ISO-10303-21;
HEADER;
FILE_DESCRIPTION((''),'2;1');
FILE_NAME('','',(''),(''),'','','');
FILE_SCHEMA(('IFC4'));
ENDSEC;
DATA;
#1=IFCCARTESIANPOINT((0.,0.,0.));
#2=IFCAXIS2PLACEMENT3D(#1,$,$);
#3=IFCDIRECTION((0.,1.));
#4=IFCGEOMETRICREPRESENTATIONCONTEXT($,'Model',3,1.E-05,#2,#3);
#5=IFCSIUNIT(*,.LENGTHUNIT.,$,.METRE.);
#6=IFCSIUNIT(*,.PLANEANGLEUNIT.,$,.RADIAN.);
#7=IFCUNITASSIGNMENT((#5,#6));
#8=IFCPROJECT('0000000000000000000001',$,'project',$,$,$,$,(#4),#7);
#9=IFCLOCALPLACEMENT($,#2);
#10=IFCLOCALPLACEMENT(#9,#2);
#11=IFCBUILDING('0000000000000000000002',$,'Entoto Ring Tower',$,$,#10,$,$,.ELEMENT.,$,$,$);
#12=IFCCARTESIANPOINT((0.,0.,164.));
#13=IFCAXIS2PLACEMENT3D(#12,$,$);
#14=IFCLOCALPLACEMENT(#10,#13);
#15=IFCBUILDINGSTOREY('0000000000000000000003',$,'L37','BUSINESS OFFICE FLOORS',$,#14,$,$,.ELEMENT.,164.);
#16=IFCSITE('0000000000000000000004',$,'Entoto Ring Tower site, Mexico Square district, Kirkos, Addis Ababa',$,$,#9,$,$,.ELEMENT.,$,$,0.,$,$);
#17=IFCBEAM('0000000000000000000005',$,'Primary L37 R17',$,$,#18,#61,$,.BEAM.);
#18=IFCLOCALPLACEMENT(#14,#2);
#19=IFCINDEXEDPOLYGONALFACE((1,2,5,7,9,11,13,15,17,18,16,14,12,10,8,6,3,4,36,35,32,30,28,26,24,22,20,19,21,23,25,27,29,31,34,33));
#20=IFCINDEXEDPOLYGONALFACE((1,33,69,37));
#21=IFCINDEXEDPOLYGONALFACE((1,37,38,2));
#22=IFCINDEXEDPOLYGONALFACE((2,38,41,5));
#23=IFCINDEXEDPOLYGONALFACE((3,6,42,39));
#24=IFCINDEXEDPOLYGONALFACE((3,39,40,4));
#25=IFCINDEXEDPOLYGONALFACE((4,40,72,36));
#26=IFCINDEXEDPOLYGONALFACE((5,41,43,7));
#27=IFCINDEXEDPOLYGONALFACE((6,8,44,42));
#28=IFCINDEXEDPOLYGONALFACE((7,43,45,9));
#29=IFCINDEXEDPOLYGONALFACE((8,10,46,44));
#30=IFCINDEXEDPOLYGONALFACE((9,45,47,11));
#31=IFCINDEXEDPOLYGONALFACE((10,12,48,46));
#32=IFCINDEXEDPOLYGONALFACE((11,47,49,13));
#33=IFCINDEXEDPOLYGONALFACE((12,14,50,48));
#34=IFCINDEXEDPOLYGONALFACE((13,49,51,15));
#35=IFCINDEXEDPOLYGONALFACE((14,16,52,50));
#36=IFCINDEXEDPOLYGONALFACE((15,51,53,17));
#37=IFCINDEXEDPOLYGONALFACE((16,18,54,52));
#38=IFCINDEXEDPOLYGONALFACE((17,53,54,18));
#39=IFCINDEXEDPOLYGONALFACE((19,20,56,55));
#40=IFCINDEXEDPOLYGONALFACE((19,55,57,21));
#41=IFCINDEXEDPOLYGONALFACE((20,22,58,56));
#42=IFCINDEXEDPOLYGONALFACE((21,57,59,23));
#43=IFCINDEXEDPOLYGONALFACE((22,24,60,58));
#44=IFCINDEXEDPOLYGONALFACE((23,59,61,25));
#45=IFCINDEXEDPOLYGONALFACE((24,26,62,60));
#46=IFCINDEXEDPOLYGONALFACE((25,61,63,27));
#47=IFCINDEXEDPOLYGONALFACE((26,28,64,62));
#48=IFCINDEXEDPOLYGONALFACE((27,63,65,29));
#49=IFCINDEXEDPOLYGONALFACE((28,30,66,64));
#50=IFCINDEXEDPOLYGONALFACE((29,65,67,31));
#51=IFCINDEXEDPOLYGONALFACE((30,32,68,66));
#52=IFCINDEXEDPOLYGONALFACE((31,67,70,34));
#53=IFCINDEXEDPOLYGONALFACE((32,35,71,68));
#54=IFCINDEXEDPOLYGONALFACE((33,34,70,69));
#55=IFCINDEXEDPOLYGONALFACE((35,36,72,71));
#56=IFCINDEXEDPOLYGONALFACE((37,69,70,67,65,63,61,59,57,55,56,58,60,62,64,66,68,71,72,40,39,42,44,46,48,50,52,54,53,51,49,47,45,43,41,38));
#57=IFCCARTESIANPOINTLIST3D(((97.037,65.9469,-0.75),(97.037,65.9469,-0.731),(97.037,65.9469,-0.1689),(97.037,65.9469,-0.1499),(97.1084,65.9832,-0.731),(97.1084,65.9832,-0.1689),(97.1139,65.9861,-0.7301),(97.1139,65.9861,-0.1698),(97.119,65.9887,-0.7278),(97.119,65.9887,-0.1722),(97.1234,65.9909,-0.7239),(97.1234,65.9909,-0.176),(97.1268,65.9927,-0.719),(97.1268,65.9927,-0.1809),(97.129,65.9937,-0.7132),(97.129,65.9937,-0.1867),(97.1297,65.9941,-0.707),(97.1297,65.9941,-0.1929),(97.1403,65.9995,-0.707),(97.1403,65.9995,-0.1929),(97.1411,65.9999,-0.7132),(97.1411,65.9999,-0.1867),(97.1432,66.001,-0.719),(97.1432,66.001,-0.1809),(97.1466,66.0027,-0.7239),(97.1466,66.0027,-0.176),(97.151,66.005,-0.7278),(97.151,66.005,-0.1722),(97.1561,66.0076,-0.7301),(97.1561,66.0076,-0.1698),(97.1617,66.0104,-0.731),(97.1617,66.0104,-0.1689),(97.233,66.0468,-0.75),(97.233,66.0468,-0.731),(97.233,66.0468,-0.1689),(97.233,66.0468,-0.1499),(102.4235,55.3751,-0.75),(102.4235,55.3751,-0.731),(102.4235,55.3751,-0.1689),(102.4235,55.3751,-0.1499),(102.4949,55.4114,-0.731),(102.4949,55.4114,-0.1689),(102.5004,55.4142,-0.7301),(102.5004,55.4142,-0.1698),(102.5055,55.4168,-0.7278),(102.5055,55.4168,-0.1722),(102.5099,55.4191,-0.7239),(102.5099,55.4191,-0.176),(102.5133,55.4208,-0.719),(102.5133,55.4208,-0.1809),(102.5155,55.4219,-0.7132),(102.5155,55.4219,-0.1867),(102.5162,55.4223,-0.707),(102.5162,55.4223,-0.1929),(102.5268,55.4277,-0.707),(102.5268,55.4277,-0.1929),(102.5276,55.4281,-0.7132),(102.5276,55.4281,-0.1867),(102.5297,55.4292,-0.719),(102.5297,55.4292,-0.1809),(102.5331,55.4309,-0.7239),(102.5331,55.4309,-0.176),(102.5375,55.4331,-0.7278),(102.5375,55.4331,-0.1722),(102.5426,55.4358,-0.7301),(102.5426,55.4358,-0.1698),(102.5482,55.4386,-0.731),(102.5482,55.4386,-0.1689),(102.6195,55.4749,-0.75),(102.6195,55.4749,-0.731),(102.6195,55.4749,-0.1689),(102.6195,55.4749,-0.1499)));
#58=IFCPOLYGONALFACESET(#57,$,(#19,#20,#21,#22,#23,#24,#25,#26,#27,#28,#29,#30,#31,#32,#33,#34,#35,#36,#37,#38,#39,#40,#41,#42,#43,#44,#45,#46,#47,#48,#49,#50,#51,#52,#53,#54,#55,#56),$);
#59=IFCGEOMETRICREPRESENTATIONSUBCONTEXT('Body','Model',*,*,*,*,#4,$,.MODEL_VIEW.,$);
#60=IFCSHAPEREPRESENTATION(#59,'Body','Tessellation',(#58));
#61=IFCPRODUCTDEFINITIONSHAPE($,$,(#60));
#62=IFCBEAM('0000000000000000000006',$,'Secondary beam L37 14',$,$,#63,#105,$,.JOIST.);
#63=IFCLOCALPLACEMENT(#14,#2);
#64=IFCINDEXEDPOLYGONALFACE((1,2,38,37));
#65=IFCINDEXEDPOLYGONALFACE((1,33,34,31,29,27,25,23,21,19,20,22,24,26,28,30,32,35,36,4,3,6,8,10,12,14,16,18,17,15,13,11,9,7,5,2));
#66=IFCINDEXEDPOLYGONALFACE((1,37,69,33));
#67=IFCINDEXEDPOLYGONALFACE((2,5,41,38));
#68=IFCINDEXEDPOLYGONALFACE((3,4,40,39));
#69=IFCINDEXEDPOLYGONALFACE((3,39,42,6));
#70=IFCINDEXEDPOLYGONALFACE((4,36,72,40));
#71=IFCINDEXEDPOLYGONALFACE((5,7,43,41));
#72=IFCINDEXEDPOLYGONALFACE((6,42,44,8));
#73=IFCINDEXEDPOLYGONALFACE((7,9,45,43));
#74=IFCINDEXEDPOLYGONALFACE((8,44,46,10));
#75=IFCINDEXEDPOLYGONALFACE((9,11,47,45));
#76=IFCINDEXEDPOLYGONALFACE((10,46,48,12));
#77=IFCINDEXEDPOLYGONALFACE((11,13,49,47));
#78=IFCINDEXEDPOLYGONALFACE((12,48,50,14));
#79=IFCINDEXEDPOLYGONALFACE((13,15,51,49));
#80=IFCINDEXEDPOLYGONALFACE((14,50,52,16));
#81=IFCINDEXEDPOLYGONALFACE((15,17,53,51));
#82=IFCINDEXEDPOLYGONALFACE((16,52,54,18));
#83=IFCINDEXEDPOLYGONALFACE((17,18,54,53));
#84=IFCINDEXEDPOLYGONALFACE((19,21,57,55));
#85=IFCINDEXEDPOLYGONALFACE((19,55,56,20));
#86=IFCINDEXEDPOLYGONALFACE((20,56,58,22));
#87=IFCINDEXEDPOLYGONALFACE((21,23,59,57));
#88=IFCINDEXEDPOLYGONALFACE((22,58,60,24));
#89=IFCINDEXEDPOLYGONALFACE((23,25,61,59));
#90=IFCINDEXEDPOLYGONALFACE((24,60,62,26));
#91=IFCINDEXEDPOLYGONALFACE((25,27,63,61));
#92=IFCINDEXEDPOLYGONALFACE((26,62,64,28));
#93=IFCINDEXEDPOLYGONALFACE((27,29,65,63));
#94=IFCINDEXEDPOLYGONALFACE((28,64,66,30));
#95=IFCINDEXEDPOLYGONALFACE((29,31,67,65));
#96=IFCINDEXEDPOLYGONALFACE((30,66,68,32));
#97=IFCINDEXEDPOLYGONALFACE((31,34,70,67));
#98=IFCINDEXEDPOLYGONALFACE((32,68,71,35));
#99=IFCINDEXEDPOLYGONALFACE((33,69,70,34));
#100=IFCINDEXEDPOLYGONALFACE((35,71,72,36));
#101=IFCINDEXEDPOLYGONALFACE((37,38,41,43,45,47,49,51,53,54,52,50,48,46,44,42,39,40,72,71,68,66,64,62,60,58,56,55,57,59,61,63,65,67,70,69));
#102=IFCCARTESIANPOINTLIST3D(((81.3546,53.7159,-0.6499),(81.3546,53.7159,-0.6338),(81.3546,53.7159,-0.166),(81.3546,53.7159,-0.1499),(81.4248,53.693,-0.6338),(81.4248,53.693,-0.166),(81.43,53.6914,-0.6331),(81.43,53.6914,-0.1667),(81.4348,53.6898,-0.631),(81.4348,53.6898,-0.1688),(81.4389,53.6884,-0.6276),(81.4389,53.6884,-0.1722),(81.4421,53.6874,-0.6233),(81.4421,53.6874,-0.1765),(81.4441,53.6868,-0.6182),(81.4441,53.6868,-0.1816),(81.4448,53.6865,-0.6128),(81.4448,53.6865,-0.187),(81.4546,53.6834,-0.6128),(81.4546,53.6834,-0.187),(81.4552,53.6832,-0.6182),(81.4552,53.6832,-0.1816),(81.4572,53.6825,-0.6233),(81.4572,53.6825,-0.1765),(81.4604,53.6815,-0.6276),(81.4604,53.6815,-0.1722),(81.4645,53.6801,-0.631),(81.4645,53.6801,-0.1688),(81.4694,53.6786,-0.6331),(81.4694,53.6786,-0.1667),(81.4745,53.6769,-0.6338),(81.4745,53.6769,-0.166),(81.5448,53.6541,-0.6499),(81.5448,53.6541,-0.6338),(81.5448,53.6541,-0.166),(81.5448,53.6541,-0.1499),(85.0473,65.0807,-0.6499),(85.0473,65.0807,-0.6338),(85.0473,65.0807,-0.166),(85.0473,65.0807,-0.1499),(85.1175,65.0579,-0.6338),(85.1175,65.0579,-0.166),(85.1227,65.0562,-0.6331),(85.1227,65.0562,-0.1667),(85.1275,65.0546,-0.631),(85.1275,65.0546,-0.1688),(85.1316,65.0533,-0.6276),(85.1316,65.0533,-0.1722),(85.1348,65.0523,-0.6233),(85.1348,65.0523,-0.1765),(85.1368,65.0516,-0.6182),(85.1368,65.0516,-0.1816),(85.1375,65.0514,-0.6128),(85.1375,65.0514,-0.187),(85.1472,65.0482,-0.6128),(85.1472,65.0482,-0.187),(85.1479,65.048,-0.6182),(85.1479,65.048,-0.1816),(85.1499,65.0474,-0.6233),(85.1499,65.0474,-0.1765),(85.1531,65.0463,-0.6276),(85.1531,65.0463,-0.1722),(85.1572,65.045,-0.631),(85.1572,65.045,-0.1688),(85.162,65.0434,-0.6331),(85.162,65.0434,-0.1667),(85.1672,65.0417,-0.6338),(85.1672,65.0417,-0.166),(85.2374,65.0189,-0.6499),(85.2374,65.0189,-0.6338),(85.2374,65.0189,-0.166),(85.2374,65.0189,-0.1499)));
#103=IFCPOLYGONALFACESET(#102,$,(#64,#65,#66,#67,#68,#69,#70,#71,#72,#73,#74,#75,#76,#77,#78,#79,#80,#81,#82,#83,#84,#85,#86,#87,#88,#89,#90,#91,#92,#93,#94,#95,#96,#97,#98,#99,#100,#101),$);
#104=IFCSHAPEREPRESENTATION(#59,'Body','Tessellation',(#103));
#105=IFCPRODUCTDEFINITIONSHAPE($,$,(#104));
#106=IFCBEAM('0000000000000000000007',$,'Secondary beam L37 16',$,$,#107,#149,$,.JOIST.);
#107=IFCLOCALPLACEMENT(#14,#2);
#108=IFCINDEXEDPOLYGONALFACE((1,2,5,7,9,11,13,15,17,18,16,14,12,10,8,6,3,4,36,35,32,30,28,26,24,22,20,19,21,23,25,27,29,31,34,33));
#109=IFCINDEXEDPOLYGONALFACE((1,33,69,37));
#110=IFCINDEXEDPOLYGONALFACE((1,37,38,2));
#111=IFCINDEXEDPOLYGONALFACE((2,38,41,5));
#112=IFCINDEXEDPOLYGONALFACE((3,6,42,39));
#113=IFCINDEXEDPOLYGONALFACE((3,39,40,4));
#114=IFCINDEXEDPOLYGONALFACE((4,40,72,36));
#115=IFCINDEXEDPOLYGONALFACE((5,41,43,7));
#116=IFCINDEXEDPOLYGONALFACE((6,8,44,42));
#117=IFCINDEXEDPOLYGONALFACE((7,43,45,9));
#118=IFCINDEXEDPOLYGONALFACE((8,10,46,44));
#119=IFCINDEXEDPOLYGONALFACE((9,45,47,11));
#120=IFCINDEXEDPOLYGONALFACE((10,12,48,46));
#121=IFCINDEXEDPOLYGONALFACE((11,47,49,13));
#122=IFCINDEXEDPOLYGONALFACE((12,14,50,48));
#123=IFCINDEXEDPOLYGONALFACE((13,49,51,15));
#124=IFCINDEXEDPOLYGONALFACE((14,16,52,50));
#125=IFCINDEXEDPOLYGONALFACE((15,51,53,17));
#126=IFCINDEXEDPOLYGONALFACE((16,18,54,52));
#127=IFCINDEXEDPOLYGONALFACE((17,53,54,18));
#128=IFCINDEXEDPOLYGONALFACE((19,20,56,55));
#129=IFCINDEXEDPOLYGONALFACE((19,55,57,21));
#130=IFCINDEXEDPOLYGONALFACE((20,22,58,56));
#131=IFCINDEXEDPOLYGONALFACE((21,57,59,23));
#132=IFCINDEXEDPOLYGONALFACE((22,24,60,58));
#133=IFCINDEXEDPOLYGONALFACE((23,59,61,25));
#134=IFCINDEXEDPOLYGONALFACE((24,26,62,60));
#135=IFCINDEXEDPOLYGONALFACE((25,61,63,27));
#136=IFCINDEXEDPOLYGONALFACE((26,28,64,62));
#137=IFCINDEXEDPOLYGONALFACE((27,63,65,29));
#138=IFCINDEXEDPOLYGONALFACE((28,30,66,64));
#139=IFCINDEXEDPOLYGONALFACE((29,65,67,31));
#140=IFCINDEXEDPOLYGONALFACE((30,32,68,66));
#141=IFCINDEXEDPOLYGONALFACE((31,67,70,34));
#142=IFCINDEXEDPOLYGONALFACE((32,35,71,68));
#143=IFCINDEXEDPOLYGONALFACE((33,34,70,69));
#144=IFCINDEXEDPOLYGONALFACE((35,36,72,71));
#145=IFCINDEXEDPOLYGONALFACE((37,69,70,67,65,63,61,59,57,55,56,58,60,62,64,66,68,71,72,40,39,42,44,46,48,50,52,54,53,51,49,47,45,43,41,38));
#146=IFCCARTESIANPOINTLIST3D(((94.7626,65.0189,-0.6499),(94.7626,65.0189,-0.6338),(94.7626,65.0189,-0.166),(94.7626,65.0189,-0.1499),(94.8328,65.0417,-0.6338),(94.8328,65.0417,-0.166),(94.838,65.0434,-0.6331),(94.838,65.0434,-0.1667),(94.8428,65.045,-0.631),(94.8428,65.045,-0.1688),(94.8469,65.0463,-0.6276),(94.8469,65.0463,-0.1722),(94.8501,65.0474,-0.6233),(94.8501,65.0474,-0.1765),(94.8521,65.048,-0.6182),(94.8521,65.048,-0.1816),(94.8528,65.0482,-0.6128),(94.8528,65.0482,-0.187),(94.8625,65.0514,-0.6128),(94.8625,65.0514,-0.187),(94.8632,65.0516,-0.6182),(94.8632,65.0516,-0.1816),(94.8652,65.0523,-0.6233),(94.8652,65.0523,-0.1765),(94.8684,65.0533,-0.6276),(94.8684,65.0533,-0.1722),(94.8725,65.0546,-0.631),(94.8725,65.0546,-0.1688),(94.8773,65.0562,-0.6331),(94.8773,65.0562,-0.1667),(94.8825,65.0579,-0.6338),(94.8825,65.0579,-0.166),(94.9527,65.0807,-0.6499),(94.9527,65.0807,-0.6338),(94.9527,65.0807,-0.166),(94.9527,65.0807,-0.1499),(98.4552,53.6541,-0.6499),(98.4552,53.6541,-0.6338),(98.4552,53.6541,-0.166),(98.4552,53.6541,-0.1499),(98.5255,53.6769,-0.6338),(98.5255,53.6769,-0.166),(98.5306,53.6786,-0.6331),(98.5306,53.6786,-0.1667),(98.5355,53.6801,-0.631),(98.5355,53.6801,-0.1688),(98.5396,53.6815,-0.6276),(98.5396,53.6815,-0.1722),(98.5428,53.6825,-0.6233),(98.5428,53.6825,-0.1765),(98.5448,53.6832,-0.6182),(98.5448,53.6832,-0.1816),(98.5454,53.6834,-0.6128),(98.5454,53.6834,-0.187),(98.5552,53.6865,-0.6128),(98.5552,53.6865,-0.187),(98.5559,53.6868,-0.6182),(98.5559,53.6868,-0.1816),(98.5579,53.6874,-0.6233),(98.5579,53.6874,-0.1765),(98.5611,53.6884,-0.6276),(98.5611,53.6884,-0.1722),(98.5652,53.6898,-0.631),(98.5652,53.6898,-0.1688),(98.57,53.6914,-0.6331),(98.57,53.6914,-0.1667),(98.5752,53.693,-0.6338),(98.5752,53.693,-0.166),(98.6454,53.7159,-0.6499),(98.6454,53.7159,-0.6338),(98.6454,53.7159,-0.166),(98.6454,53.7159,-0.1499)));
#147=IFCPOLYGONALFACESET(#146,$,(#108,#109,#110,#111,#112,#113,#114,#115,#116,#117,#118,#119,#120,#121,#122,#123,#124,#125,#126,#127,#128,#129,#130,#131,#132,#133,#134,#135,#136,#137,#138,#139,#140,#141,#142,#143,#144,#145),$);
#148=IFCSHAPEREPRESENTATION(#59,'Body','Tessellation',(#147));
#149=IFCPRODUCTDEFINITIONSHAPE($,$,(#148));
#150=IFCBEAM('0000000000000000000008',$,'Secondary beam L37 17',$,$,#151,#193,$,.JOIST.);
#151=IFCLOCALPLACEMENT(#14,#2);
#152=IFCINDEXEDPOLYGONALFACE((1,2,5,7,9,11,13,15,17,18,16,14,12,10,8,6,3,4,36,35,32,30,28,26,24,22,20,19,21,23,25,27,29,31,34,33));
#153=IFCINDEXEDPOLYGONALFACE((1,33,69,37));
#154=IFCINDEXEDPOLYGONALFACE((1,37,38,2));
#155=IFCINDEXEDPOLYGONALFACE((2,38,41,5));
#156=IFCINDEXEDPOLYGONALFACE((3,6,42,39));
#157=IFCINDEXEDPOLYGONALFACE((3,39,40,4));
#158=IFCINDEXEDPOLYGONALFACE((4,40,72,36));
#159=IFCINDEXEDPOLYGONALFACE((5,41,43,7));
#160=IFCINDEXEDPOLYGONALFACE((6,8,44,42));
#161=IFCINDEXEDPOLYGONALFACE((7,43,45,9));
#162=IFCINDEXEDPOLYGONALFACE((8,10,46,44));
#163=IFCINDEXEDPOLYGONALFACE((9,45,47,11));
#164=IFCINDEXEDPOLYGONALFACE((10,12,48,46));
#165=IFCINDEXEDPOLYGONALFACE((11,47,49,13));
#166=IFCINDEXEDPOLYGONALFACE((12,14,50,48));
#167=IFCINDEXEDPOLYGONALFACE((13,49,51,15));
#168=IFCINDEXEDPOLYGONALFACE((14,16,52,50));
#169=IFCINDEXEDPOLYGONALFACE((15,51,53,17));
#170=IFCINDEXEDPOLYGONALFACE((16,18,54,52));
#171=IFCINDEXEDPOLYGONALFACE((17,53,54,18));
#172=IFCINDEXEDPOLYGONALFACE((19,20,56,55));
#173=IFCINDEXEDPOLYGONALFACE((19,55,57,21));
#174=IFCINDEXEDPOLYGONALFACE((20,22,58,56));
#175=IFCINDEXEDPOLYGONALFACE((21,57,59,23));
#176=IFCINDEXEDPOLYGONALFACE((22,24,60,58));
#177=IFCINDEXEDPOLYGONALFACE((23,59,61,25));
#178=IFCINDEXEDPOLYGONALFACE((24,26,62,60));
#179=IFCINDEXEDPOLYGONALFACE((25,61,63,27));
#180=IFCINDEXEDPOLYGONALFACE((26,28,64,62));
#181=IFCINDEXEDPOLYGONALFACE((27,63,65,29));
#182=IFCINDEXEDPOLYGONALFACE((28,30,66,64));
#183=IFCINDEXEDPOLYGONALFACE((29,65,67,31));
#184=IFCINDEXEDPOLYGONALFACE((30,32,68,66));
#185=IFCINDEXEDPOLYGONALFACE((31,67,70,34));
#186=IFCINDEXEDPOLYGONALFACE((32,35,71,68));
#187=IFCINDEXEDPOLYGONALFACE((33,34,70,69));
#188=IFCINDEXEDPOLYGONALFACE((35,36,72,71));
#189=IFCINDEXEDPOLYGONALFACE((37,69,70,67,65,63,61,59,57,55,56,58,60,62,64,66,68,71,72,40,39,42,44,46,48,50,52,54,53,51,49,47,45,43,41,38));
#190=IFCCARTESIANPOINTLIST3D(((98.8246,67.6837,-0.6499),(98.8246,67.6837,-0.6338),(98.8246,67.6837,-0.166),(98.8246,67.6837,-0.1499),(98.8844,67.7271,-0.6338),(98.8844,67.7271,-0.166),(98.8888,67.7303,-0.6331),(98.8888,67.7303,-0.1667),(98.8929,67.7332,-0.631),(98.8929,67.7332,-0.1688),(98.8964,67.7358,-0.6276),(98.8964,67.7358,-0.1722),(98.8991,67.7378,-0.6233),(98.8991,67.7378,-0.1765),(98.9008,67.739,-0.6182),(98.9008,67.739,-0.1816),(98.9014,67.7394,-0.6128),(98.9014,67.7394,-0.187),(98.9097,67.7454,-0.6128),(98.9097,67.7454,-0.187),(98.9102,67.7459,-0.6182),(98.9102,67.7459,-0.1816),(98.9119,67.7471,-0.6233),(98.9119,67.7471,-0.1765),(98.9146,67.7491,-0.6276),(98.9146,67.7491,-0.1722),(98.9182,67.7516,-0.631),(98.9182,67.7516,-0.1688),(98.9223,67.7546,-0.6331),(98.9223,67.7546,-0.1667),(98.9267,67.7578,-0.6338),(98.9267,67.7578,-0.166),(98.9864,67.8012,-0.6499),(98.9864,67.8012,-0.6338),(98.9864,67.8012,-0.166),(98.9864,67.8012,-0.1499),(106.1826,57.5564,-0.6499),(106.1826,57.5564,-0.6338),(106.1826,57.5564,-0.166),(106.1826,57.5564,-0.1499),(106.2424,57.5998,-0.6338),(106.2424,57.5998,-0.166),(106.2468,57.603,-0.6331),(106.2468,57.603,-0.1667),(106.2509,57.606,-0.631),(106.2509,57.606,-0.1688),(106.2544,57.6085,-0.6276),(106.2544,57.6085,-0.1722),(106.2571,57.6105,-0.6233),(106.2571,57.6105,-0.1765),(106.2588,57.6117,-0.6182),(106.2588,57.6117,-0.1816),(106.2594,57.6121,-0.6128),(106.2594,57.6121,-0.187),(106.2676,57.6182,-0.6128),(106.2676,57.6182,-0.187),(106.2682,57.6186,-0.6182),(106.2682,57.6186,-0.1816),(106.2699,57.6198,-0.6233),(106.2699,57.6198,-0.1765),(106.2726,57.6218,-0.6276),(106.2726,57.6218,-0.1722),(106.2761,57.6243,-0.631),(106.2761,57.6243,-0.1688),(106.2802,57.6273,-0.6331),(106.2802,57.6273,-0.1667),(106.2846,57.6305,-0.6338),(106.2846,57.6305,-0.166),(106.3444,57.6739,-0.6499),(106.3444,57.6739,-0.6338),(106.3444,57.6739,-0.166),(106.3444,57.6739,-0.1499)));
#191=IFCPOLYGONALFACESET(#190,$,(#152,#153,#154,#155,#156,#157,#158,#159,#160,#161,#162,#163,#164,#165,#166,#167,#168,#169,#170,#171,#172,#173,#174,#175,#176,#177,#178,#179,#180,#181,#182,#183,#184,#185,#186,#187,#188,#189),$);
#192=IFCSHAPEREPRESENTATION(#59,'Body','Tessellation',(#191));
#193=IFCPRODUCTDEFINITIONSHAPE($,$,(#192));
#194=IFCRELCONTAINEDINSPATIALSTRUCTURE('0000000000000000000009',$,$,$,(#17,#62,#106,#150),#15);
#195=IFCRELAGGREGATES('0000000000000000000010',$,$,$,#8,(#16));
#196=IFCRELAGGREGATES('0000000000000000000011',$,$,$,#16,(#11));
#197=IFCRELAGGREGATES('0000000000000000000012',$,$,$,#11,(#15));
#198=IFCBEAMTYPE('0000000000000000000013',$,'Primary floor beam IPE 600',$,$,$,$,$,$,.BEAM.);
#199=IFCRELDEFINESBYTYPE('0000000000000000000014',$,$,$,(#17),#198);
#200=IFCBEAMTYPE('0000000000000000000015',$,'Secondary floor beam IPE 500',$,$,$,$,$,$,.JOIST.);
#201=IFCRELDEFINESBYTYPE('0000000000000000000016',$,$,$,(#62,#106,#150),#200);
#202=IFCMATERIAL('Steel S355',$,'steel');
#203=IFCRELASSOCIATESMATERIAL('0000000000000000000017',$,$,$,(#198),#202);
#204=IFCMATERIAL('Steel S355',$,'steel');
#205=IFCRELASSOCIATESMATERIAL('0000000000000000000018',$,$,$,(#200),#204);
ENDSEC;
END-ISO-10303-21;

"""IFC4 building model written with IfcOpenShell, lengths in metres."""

from ifc_helpers import new_model, si_unit, direction, frame, origin, origin_2d, place, context, subcontext, project, spatial, i_section, extrude, material, material_profile, profile_set, type_object, element, save


model = new_model("IFC4")

# Units and contexts
model_context = context("Model", 3, precision=1e-05, world=origin(), true_north=direction((0.0, 1.0)))
body_context = subcontext(model_context, "Body", "Model", "MODEL_VIEW")
ifc_project = project(units=[si_unit("LENGTHUNIT", "METRE"), si_unit("PLANEANGLEUNIT", "RADIAN")], contexts=[model_context])

# Site, building, storey
site_placement = place(None, origin())
site = spatial("IfcSite", under=ifc_project, at=site_placement, Name="Entoto Ring Tower site, Mexico Square district, Kirkos, Addis Ababa", CompositionType="ELEMENT", RefElevation=0.0)
building_placement = place(site_placement, origin())
building = spatial("IfcBuilding", under=site, at=building_placement, Name="Entoto Ring Tower", CompositionType="ELEMENT")
storey_placement = place(building_placement, frame((0.0, 0.0, 164.0)))
storey = spatial("IfcBuildingStorey", under=building, at=storey_placement, Name="L37", Description="BUSINESS OFFICE FLOORS", CompositionType="ELEMENT", Elevation=164.0)

# Beams
ifc_material_1 = material(Name="Steel S355", Category="steel")
ifc_material_profile_1 = material_profile(ifc_material_1, i_section(OverallWidth=0.22, OverallDepth=0.6001, WebThickness=0.012, FlangeThickness=0.019, FilletRadius=0.0239, at=origin_2d()), Name="IPE 600")
ifc_profile_set_1 = profile_set([ifc_material_profile_1], Name="Steel S355")
beam_type_1 = type_object("IfcBeamType", Name="Primary floor beam IPE 600", PredefinedType="BEAM", material=ifc_profile_set_1)
beam_1_placement = place(storey_placement, frame((97.135, 65.9968, -0.45), z_axis=(0.453983, -0.89101, 0.0), x_axis=(0.89101, 0.453983, 0.0)))
element("IfcBeam", 1, at=beam_1_placement, inside=storey, type_object=beam_type_1, Name="Primary L37 R17", PredefinedType="BEAM", context=body_context, shape_type="SweptSolid", body=[
    extrude(i_section(OverallWidth=0.22, OverallDepth=0.6001, WebThickness=0.012, FlangeThickness=0.019, FilletRadius=0.0239, at=origin_2d()), origin(), (0.0, 0.0, 1.0), 11.865),
])
ifc_material_2 = material(Name="Steel S355", Category="steel")
ifc_material_profile_2 = material_profile(ifc_material_2, i_section(OverallWidth=0.2, OverallDepth=0.5, WebThickness=0.0103, FlangeThickness=0.0161, FilletRadius=0.021, at=origin_2d()), Name="IPE 500")
ifc_profile_set_2 = profile_set([ifc_material_profile_2], Name="Steel S355")
beam_type_2 = type_object("IfcBeamType", Name="Secondary floor beam IPE 500", PredefinedType="JOIST", material=ifc_profile_set_2)
for number, where, z_axis, x_axis, name in (
    (2, (85.1423, 65.0498, -0.3999), (-0.309017, -0.951057, 0.0), (0.951057, -0.309017, 0.0), "Secondary beam L37 14"),
    (3, (94.8577, 65.0498, -0.3999), (0.309017, -0.951057, 0.0), (0.951057, 0.309017, 0.0), "Secondary beam L37 16"),
):
    element("IfcBeam", number, at=place(storey_placement, frame(where, z_axis=z_axis, x_axis=x_axis)), inside=storey, type_object=beam_type_2, Name=name, PredefinedType="JOIST", context=body_context, shape_type="SweptSolid", body=[
        extrude(i_section(OverallWidth=0.2, OverallDepth=0.5, WebThickness=0.0103, FlangeThickness=0.0161, FilletRadius=0.021, at=origin_2d()), origin(), (0.0, 0.0, 1.0), 11.9497),
    ])
beam_2_placement = place(storey_placement, frame((98.9055, 67.7424, -0.3999), z_axis=(0.587789, -0.809014, 0.0), x_axis=(0.809014, 0.587789, 0.0)))
element("IfcBeam", 4, at=beam_2_placement, inside=storey, type_object=beam_type_2, Name="Secondary beam L37 17", PredefinedType="JOIST", context=body_context, shape_type="SweptSolid", body=[
    extrude(i_section(OverallWidth=0.2, OverallDepth=0.5, WebThickness=0.0103, FlangeThickness=0.0161, FilletRadius=0.021, at=origin_2d()), origin(), (0.0, 0.0, 1.0), 12.5181),
])

save(model, "model.ifc")
